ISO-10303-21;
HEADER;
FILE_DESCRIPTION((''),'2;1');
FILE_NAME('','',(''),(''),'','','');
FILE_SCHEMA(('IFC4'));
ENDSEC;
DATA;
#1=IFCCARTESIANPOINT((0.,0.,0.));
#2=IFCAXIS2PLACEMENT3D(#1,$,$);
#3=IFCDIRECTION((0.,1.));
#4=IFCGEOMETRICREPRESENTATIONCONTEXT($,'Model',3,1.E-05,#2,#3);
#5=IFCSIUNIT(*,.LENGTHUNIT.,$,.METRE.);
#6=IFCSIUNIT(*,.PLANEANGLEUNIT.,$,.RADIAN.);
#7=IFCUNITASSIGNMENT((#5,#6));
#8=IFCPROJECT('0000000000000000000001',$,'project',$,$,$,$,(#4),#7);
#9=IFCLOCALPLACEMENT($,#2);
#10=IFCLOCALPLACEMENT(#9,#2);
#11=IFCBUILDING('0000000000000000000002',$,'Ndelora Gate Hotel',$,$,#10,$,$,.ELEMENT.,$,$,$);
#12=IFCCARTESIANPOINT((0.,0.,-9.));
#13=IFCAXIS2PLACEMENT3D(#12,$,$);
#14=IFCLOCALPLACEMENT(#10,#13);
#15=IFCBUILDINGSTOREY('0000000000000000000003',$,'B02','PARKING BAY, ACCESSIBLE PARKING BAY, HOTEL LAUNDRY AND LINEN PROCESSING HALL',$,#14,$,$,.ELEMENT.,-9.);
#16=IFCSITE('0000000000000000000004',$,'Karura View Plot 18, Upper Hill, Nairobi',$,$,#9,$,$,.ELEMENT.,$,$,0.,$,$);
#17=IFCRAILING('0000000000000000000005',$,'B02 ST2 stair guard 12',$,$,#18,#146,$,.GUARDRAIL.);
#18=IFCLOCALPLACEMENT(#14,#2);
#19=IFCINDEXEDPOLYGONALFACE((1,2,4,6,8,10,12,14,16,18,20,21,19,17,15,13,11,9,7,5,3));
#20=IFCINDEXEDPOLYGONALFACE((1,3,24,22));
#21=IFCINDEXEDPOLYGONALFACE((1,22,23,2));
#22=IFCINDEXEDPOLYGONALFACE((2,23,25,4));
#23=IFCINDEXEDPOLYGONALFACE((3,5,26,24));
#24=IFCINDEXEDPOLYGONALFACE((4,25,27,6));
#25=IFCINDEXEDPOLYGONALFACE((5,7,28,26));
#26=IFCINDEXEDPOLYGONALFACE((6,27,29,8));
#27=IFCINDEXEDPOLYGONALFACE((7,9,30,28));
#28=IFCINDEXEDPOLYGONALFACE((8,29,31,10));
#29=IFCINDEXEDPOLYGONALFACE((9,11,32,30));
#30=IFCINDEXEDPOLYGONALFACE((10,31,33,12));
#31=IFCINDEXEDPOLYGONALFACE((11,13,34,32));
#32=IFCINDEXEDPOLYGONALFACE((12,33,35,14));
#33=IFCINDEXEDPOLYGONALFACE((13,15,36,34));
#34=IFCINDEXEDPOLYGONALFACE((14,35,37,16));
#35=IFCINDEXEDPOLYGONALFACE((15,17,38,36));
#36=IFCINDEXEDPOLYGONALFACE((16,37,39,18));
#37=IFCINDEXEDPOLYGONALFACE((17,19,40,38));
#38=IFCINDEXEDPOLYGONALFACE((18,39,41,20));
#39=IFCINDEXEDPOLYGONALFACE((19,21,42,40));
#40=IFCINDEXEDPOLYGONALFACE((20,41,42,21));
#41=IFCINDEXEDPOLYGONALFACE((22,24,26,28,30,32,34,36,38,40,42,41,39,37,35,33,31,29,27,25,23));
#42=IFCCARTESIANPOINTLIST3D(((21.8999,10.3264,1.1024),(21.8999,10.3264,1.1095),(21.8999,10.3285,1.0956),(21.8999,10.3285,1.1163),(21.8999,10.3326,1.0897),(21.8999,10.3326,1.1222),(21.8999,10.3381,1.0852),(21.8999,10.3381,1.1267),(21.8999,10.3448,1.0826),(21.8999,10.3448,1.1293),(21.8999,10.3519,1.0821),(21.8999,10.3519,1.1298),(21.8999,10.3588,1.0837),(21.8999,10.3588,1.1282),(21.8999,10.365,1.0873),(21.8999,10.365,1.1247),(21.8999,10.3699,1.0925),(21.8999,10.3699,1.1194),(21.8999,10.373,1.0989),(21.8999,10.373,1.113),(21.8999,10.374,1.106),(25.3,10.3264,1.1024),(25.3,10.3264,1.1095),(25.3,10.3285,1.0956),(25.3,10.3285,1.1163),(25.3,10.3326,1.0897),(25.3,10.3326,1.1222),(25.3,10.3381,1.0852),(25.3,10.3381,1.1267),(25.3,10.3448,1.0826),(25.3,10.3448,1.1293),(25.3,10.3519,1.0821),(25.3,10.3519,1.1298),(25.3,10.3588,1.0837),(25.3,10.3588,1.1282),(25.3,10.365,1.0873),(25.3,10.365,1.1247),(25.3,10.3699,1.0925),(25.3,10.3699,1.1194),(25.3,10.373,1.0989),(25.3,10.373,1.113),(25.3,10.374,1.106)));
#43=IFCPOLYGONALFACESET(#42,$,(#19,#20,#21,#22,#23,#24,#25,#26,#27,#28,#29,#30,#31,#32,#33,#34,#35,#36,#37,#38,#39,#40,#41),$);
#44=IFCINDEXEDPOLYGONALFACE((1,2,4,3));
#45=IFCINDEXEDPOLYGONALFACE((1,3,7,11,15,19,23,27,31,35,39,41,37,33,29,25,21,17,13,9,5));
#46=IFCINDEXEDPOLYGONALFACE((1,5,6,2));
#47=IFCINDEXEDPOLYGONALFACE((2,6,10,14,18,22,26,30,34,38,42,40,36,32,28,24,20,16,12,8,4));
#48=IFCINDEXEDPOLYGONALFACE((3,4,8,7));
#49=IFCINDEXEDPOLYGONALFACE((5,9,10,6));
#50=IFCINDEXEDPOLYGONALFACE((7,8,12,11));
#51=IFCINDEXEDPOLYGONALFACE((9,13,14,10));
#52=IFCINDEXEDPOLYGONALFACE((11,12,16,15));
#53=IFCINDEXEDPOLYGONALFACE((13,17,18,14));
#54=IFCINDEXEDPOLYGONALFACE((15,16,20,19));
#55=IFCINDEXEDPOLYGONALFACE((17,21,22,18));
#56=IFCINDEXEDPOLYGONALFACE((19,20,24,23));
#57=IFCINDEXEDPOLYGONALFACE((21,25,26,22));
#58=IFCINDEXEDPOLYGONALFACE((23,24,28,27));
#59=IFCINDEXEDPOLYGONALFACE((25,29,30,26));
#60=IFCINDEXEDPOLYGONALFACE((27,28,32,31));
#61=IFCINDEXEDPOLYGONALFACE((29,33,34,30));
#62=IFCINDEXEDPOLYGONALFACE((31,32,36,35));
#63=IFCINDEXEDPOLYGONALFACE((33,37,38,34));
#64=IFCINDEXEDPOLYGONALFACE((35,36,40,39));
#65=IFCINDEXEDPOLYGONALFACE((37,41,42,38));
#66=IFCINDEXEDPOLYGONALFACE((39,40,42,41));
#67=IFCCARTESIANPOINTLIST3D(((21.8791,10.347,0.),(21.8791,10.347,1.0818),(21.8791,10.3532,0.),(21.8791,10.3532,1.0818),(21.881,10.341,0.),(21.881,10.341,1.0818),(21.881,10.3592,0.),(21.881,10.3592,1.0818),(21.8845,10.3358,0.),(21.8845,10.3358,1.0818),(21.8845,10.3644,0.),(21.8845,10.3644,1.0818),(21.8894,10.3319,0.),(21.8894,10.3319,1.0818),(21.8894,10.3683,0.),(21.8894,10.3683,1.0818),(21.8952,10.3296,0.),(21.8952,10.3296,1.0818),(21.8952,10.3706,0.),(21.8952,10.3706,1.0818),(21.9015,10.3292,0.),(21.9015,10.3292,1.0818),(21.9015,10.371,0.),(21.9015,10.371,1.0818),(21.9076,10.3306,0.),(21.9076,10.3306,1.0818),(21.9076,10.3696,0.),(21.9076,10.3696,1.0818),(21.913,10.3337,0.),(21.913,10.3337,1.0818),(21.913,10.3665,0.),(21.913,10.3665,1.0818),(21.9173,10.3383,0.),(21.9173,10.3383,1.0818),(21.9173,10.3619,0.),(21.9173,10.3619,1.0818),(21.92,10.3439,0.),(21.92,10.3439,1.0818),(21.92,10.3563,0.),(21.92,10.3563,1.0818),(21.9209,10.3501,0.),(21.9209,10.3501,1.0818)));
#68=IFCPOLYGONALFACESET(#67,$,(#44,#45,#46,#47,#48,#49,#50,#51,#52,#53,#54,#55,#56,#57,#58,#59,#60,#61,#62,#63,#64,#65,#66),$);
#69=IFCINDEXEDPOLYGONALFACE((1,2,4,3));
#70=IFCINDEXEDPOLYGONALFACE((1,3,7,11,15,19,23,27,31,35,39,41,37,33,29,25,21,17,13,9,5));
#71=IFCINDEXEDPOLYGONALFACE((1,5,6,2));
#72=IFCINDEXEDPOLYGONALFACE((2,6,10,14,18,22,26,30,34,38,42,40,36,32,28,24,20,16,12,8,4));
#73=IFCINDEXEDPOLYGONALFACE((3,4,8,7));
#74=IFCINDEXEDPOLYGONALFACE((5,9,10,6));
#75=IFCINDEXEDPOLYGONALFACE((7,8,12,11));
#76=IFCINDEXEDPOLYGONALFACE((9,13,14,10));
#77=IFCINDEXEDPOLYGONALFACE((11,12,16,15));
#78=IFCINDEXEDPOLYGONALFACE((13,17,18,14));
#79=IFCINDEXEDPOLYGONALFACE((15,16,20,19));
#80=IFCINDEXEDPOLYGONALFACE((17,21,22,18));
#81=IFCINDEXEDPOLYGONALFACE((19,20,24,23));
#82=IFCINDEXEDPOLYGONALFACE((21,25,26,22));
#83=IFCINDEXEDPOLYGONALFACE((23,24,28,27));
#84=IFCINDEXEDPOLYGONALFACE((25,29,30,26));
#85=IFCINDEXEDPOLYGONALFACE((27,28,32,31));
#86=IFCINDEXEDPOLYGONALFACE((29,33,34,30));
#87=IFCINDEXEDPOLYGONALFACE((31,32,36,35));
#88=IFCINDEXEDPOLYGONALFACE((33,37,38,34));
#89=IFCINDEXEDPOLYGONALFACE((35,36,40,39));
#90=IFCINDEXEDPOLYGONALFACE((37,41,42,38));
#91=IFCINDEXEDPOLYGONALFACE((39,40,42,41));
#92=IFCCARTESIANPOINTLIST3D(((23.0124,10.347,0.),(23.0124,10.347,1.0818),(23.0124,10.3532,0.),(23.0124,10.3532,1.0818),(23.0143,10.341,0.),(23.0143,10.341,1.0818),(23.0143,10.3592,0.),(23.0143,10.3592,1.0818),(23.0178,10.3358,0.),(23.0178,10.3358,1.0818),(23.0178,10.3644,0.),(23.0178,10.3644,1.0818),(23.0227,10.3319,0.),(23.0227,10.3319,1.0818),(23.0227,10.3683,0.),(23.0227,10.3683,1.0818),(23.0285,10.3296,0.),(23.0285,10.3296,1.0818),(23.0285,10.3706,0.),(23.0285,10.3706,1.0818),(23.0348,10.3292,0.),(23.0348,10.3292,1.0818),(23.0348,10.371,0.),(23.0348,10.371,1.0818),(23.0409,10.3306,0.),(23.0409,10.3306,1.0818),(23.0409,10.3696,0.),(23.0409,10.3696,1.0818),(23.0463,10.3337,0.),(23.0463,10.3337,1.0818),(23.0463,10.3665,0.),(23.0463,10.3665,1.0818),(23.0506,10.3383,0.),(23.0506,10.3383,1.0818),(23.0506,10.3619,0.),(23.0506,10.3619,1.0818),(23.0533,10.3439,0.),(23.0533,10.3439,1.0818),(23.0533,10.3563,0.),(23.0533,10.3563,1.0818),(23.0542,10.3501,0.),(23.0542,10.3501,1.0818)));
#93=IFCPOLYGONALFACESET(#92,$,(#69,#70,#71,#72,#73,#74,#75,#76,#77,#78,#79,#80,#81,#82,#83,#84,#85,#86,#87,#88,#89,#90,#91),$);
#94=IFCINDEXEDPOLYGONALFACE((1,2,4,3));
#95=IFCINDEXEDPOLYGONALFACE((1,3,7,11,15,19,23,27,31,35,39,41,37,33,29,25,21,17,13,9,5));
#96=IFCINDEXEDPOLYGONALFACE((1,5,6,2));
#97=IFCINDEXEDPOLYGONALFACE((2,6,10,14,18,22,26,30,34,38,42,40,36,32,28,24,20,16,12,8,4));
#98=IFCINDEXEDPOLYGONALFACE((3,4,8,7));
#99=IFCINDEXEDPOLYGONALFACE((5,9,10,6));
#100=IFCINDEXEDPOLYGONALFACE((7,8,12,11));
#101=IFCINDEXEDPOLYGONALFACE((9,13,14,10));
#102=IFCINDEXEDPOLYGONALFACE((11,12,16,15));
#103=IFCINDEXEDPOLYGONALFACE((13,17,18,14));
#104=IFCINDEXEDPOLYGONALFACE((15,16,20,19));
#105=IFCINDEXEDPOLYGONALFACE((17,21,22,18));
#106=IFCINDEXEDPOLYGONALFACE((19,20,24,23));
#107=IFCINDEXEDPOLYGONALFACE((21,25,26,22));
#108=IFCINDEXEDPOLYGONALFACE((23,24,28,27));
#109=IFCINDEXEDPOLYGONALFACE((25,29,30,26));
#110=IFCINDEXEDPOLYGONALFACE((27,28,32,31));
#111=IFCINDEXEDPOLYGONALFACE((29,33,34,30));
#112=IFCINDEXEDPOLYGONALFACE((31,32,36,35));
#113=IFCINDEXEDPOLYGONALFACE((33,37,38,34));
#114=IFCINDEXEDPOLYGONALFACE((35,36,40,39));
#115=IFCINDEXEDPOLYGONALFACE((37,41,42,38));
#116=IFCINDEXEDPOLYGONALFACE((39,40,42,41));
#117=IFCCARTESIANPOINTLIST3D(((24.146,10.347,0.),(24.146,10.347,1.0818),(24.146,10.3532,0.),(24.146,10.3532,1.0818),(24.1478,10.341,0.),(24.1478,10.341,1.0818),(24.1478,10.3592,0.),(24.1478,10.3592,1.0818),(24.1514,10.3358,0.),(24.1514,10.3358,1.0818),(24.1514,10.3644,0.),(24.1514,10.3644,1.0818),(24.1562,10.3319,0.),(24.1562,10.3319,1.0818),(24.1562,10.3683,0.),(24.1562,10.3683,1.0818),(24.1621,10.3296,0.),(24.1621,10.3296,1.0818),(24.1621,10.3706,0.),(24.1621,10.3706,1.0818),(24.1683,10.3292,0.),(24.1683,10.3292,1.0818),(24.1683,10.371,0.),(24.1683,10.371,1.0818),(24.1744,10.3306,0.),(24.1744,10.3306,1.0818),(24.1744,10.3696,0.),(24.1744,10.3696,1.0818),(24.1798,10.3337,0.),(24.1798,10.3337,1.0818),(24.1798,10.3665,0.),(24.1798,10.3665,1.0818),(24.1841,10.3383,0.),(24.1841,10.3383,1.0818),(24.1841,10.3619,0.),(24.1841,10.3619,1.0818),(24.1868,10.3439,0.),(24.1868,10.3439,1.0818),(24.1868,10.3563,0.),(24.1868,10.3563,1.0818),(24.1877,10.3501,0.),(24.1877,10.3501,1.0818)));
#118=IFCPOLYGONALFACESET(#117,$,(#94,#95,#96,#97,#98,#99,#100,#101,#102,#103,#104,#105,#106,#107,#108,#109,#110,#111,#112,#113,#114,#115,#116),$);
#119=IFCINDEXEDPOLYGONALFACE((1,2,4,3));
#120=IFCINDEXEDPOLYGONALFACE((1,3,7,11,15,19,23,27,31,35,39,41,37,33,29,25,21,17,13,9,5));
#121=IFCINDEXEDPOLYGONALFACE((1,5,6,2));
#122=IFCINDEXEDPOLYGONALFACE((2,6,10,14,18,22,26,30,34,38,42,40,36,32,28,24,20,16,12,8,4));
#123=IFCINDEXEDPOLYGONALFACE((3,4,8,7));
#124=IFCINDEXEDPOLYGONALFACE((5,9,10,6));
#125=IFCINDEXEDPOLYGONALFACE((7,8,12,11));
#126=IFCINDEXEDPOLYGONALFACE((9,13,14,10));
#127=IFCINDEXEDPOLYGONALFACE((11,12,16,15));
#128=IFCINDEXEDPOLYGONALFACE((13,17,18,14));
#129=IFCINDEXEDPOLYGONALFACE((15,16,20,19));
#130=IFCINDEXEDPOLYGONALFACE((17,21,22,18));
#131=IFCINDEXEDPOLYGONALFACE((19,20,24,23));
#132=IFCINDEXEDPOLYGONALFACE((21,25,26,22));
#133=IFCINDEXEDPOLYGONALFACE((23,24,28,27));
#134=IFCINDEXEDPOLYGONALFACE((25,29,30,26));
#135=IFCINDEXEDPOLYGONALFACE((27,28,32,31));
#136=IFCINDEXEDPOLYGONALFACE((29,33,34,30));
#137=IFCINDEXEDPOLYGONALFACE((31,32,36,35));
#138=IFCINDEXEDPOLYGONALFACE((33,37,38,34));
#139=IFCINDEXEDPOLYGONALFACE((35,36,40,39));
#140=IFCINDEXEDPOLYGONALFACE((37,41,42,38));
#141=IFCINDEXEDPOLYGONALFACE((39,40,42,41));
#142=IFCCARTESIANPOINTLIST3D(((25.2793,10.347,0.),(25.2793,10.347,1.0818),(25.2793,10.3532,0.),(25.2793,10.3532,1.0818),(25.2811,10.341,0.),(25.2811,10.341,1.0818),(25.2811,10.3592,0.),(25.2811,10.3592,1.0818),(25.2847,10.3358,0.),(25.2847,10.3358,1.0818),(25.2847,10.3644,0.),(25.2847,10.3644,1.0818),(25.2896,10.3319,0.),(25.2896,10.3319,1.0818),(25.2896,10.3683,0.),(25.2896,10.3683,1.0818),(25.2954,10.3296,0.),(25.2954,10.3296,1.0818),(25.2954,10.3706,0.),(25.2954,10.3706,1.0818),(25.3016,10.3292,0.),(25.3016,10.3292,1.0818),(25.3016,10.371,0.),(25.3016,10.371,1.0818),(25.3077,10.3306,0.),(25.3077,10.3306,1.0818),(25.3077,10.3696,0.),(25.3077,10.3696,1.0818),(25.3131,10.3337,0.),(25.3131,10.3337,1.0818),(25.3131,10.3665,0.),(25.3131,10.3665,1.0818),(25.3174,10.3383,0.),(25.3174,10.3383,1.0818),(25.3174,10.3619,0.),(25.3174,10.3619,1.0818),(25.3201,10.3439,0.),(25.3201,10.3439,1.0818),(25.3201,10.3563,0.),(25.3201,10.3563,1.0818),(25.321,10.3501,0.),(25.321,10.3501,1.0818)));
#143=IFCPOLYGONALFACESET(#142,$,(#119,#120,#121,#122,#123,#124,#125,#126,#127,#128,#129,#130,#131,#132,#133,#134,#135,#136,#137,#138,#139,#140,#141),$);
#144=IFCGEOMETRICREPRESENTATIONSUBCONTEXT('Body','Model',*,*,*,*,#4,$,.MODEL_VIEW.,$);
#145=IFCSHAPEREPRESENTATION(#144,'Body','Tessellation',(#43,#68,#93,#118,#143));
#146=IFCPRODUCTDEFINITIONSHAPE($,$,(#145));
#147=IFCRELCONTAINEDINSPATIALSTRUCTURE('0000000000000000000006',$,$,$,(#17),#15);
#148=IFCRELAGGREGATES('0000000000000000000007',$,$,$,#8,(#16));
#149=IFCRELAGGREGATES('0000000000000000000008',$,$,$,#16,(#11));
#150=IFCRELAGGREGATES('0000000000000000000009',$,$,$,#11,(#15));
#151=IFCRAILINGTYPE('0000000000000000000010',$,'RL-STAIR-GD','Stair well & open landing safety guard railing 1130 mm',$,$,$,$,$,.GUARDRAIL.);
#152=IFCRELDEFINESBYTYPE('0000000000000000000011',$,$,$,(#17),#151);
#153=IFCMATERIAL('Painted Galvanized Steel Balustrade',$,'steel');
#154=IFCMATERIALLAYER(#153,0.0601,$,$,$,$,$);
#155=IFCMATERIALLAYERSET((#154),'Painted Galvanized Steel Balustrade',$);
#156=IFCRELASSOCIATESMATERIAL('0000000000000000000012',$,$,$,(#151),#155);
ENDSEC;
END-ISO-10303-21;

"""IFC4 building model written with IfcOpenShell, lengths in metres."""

from ifc_helpers import new_model, si_unit, direction, frame, origin, origin_2d, place, context, subcontext, project, spatial, circle, extrude, material, layer, layer_set, type_object, element, save


model = new_model("IFC4")

# Units and contexts
model_context = context("Model", 3, precision=1e-05, world=origin(), true_north=direction((0.0, 1.0)))
body_context = subcontext(model_context, "Body", "Model", "MODEL_VIEW")
ifc_project = project(units=[si_unit("LENGTHUNIT", "METRE"), si_unit("PLANEANGLEUNIT", "RADIAN")], contexts=[model_context])

# Site, building, storey
site_placement = place(None, origin())
site = spatial("IfcSite", under=ifc_project, at=site_placement, Name="Karura View Plot 18, Upper Hill, Nairobi", CompositionType="ELEMENT", RefElevation=0.0)
building_placement = place(site_placement, origin())
building = spatial("IfcBuilding", under=site, at=building_placement, Name="Ndelora Gate Hotel", CompositionType="ELEMENT")
storey_placement = place(building_placement, frame((0.0, 0.0, -9.0)))
storey = spatial("IfcBuildingStorey", under=building, at=storey_placement, Name="B02", Description="PARKING BAY, ACCESSIBLE PARKING BAY, HOTEL LAUNDRY AND LINEN PROCESSING HALL", CompositionType="ELEMENT", Elevation=-9.0)

# Railing
ifc_material_1 = material(Name="Painted Galvanized Steel Balustrade", Category="steel")
ifc_layer_1 = layer(ifc_material_1, 0.0601)
ifc_layer_set_1 = layer_set([ifc_layer_1], Name="Painted Galvanized Steel Balustrade")
railing_type_1 = type_object("IfcRailingType", Name="RL-STAIR-GD", Description="Stair well & open landing safety guard railing 1130 mm", PredefinedType="GUARDRAIL", material=ifc_layer_set_1)
railing_1_placement = place(storey_placement, frame((21.8999, 10.3501, 0.0)))
element("IfcRailing", 1, at=railing_1_placement, inside=storey, type_object=railing_type_1, Name="B02 ST2 stair guard 12", PredefinedType="GUARDRAIL", context=body_context, shape_type="SweptSolid", body=[
    extrude(circle(Radius=0.0239, at=origin_2d()), frame((0.0, 0.0, 1.106), z_axis=(1.0, 0.0, 0.0), x_axis=(0.0, 1.0, 0.0)), (0.0, 0.0, 1.0), 3.4001),
    extrude(circle(Radius=0.021, at=origin_2d()), origin(), (0.0, 0.0, 1.0), 1.0818),
    extrude(circle(Radius=0.021, at=origin_2d()), frame((1.1333, 0.0, 0.0)), (0.0, 0.0, 1.0), 1.0818),
    extrude(circle(Radius=0.021, at=origin_2d()), frame((2.2668, 0.0, 0.0)), (0.0, 0.0, 1.0), 1.0818),
    extrude(circle(Radius=0.021, at=origin_2d()), frame((3.4001, 0.0, 0.0)), (0.0, 0.0, 1.0), 1.0818),
])

save(model, "model.ifc")
